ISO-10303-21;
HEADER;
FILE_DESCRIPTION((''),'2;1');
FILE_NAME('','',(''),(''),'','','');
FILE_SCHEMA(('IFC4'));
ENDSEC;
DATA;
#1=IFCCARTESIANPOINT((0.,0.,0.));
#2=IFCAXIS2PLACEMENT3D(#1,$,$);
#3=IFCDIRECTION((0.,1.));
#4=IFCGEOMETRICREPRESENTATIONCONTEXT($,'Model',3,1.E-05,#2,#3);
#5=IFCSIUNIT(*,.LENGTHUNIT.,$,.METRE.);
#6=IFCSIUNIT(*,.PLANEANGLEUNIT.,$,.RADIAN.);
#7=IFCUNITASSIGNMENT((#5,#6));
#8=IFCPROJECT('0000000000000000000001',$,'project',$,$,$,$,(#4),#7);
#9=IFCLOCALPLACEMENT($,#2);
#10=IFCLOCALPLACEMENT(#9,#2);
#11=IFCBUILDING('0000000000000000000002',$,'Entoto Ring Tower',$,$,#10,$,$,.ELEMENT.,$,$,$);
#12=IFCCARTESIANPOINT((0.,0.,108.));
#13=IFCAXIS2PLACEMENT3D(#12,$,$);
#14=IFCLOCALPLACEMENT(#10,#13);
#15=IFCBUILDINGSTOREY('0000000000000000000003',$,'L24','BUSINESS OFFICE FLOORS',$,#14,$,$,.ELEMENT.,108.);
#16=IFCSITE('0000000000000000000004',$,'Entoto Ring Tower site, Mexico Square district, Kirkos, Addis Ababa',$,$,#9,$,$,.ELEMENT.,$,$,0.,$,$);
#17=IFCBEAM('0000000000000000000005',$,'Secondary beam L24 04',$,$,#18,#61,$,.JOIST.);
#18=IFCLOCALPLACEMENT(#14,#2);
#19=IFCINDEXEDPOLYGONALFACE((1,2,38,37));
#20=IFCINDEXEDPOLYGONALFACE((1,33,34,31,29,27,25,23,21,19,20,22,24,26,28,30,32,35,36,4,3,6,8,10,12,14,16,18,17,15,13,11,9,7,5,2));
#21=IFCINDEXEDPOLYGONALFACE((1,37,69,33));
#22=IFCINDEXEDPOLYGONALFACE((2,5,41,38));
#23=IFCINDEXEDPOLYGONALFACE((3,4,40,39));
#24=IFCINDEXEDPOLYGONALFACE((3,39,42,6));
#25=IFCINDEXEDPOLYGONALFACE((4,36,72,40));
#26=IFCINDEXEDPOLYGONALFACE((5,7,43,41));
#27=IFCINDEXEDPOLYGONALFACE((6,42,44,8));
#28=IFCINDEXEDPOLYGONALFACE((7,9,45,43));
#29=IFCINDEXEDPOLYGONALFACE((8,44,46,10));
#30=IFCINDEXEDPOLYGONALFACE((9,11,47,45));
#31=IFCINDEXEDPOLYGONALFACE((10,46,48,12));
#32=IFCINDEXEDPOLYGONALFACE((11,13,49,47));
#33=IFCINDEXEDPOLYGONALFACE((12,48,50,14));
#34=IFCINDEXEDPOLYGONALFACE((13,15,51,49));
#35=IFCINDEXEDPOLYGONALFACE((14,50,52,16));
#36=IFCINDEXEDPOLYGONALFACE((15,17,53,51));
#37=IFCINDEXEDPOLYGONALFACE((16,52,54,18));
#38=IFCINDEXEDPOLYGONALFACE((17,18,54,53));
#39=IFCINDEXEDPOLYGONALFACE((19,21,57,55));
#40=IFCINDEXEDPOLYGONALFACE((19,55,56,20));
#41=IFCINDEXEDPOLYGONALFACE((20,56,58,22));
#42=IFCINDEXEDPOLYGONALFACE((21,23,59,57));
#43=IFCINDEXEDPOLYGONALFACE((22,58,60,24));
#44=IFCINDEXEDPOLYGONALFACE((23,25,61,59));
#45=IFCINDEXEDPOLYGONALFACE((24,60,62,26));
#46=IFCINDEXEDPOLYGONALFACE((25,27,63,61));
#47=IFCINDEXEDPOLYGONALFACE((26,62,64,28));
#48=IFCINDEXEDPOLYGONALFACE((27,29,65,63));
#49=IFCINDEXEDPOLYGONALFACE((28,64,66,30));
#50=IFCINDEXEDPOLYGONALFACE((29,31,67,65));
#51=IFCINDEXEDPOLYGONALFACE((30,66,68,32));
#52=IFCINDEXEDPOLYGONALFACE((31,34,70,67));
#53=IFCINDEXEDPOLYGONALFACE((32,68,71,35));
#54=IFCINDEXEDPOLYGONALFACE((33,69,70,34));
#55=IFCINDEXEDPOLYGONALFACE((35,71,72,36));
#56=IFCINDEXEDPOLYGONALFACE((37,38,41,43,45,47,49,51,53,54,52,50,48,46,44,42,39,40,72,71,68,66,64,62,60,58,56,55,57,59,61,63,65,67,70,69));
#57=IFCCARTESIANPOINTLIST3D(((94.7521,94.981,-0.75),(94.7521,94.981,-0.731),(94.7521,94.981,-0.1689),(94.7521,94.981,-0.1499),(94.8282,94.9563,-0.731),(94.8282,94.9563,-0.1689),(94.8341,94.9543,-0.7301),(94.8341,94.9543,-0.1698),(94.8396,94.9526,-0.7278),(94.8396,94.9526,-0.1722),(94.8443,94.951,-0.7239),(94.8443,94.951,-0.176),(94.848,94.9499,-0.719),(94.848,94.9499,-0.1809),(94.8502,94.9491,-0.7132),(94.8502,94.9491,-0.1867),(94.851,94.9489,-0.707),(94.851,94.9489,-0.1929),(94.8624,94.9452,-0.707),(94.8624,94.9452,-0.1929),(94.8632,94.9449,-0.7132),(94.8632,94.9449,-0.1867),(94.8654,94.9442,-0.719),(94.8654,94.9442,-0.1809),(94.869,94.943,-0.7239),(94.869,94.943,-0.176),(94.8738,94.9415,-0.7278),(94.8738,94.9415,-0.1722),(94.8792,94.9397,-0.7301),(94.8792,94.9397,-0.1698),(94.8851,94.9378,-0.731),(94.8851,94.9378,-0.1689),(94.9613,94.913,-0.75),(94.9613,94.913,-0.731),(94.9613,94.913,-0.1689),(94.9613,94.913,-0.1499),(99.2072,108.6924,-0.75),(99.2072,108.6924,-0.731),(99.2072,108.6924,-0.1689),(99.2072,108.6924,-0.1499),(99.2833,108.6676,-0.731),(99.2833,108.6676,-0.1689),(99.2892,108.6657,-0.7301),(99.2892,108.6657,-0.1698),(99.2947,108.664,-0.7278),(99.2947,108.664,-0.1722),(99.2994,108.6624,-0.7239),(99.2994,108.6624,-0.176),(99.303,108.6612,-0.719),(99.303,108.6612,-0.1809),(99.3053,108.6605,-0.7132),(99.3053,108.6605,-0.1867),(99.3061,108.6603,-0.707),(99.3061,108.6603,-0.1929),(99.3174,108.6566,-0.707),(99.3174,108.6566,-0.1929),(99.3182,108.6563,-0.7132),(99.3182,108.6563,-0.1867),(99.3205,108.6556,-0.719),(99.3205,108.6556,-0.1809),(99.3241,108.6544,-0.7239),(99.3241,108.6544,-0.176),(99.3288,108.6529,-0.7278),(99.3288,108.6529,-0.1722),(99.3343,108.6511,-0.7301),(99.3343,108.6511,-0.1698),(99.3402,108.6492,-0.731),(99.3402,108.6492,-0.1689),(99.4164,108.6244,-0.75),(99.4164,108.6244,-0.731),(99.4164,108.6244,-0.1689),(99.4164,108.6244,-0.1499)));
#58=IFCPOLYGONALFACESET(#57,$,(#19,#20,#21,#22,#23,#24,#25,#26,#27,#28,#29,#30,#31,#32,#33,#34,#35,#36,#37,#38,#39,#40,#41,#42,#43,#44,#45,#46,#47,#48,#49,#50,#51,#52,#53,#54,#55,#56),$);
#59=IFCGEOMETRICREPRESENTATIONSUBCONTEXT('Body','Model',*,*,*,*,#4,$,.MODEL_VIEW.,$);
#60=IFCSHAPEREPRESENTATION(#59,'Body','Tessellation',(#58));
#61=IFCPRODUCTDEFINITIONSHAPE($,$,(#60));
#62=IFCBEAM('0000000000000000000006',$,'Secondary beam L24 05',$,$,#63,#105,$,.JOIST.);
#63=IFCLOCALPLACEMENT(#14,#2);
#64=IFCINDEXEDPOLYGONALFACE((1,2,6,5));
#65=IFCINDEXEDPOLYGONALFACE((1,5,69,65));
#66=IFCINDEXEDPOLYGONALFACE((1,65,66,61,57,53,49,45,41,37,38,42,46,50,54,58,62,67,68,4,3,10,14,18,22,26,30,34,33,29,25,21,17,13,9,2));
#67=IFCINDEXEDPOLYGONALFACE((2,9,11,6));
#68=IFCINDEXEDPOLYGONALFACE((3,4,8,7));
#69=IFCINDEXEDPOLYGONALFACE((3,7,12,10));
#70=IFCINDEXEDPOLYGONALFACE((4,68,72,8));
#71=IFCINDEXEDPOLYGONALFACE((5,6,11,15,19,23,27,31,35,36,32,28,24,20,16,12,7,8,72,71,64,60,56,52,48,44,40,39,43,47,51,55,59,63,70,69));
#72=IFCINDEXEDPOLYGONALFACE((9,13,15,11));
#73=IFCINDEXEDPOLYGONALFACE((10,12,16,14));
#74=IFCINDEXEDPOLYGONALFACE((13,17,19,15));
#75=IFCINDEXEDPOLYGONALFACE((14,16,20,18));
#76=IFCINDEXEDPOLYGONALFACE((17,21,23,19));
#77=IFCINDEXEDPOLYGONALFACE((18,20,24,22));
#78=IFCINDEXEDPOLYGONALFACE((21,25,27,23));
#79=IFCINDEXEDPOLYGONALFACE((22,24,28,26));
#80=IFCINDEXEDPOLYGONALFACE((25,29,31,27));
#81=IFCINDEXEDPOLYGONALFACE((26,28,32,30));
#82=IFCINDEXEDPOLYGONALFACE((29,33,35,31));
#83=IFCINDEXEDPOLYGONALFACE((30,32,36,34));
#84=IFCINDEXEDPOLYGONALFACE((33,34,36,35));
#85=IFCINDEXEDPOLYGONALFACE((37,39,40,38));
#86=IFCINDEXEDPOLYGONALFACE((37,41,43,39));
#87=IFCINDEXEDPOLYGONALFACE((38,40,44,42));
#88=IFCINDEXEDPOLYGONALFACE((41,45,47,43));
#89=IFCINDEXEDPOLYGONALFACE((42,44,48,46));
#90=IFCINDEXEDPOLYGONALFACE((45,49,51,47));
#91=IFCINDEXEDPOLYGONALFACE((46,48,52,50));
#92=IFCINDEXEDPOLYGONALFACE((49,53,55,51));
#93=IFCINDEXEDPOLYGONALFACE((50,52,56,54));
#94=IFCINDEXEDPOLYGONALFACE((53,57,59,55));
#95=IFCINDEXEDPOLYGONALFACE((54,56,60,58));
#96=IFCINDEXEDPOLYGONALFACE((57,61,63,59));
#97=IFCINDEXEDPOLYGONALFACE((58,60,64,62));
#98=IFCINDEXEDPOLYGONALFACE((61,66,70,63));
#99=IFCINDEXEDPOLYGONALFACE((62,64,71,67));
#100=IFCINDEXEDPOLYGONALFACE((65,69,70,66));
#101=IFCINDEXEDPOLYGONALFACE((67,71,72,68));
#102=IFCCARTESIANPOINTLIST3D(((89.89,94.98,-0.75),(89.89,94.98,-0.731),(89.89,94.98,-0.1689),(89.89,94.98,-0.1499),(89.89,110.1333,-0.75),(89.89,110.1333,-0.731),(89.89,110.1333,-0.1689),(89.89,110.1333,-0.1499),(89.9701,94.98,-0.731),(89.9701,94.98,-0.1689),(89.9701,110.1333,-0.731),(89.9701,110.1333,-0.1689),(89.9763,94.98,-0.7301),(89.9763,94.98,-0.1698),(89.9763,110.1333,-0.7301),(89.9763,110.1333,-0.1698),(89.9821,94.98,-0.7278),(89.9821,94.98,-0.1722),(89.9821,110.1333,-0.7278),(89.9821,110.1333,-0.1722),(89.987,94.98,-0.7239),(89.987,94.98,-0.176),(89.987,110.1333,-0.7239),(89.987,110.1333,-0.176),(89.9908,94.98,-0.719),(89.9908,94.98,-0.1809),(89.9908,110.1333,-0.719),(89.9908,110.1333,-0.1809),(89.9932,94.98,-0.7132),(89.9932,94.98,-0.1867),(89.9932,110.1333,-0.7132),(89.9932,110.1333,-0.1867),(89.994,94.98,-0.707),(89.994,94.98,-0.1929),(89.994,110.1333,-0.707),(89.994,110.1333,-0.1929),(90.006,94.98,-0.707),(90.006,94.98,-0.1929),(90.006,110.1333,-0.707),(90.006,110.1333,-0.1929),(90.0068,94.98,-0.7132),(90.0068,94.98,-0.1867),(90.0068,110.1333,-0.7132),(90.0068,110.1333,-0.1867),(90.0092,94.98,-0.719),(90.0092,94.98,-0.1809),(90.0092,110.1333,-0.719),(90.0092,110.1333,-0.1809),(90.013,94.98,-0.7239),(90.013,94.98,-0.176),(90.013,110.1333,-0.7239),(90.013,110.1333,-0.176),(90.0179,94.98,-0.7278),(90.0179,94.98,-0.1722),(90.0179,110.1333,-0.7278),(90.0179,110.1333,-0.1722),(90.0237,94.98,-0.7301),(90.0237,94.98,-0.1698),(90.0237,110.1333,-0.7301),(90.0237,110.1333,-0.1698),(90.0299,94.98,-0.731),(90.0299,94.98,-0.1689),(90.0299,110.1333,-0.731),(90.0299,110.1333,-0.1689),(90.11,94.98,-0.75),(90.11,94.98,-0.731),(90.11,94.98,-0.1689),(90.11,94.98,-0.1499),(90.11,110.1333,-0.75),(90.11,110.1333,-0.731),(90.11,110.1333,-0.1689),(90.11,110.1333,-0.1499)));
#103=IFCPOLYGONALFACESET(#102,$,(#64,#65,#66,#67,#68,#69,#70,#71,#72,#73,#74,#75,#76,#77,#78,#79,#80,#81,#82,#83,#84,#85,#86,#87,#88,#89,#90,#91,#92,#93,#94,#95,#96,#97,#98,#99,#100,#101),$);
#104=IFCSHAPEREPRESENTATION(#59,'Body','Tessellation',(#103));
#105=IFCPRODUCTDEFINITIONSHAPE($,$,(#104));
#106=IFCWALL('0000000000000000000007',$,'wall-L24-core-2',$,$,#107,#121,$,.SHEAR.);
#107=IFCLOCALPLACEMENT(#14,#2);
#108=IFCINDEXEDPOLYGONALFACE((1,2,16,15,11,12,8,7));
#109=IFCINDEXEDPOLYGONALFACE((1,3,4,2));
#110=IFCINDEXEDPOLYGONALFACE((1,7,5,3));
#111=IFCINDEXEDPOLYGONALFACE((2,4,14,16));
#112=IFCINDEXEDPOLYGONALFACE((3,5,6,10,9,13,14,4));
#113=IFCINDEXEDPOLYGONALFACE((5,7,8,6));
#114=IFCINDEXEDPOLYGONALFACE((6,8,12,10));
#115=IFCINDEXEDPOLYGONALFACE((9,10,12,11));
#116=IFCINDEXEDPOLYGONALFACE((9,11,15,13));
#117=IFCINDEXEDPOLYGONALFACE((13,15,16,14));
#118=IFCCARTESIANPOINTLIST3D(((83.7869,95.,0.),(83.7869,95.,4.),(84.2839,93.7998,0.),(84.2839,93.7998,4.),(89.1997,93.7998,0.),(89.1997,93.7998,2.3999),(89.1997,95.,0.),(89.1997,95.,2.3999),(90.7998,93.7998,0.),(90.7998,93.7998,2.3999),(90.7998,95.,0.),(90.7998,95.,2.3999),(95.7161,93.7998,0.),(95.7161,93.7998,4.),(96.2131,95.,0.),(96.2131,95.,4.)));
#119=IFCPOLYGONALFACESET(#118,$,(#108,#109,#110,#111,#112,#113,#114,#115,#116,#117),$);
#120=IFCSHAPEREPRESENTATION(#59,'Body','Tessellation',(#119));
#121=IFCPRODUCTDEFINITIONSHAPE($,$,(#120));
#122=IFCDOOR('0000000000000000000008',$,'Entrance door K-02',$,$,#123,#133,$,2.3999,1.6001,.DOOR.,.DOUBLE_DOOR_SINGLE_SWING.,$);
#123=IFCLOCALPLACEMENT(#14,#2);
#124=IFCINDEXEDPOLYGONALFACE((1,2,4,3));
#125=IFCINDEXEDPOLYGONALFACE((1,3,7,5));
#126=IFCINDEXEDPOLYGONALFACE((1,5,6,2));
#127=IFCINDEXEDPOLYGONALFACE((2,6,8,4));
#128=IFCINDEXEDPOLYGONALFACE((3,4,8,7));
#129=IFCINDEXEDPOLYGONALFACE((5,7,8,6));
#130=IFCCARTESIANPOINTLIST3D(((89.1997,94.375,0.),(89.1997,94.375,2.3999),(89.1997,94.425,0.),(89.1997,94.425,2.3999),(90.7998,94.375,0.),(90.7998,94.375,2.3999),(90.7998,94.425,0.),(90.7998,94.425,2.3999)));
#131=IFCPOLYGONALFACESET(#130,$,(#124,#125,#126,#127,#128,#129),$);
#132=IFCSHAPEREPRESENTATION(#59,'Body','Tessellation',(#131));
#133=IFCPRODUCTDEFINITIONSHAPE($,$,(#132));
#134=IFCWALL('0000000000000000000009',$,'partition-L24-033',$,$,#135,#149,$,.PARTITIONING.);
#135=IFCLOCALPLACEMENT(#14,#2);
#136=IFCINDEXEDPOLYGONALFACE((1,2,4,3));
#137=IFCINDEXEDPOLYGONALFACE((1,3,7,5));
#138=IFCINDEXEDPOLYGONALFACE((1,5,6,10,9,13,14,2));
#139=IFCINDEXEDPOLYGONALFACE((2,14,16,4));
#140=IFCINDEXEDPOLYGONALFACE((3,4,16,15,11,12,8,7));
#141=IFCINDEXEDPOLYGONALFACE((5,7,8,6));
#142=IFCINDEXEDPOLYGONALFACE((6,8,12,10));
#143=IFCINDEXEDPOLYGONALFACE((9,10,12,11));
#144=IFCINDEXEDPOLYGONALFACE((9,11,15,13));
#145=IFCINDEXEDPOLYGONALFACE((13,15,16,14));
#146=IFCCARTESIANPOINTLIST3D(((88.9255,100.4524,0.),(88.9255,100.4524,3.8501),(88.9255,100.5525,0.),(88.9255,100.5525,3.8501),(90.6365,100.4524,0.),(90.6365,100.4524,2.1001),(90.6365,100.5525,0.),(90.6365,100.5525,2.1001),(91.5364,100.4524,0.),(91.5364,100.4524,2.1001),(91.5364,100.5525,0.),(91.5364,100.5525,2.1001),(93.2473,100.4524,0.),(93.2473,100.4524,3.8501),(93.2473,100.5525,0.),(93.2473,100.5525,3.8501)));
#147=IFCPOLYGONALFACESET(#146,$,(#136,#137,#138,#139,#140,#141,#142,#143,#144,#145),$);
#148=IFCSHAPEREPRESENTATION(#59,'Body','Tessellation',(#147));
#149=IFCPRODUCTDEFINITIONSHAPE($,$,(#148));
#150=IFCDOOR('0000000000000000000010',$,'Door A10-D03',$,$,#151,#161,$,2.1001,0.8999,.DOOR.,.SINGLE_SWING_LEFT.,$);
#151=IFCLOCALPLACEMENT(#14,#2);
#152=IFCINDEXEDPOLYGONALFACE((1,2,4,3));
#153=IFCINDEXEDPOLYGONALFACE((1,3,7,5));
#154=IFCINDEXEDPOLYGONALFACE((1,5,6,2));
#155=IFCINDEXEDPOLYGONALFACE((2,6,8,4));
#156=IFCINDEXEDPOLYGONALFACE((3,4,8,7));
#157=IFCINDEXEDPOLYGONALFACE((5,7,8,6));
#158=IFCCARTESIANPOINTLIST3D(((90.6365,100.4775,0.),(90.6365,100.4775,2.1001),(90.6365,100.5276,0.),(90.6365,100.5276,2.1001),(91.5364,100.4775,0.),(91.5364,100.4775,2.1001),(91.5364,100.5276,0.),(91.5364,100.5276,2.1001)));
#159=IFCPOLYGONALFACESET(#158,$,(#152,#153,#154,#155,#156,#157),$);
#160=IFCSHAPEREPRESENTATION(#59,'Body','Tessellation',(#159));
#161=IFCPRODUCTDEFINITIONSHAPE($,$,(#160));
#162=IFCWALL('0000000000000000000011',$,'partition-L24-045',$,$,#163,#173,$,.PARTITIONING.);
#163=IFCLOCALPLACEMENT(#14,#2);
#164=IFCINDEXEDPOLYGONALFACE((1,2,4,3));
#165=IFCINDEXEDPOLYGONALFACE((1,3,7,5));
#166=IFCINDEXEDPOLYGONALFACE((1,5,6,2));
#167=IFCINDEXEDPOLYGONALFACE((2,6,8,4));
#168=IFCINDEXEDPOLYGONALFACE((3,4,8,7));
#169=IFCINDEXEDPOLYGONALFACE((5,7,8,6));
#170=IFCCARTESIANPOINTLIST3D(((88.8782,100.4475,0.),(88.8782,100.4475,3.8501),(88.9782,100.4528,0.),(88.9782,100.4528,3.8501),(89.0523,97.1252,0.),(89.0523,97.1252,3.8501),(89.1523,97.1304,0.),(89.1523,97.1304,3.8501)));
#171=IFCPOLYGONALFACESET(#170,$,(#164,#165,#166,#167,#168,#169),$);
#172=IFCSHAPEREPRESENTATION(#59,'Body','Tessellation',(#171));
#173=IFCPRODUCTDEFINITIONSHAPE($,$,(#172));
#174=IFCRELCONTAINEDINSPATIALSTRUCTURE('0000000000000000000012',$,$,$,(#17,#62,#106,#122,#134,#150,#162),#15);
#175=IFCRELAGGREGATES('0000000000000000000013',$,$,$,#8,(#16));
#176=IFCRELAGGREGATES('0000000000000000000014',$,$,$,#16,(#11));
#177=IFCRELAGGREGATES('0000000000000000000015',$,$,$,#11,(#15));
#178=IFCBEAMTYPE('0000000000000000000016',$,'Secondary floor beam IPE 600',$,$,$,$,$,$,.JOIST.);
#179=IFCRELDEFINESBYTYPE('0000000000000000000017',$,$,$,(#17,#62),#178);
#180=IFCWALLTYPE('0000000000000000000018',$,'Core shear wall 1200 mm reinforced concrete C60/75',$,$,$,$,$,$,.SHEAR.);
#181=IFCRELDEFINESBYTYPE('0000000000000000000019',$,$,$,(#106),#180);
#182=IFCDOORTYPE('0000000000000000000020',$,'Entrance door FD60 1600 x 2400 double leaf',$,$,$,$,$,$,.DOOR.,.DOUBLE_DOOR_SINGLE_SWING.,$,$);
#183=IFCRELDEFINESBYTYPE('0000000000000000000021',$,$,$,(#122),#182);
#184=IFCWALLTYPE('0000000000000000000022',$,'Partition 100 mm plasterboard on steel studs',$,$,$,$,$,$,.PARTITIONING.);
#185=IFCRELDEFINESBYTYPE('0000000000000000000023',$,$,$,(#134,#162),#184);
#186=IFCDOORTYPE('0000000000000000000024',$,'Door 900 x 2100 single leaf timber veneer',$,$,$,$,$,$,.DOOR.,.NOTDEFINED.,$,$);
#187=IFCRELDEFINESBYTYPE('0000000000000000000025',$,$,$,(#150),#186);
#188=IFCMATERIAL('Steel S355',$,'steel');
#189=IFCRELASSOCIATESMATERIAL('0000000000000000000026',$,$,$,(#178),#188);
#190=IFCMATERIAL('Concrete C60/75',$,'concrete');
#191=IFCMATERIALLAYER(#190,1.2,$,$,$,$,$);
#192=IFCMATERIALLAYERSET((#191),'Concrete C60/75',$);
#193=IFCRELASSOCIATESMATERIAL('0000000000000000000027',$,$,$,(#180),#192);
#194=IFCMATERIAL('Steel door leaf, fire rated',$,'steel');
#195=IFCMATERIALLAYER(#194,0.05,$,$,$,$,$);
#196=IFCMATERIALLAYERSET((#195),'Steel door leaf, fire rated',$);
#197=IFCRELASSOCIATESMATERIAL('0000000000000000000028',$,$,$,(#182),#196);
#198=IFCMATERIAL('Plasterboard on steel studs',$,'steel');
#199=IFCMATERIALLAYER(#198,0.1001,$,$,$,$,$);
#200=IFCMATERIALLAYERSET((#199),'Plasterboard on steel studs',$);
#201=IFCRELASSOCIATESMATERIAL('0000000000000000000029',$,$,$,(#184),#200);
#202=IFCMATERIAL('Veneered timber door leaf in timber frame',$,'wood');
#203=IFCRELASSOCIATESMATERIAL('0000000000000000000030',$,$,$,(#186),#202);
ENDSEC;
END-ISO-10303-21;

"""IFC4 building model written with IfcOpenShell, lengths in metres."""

from ifc_helpers import new_model, si_unit, direction, frame, frame_2d, origin, origin_2d, place, context, subcontext, project, spatial, polyline, rectangle, i_section, outline, extrude, material, layer, layer_set, material_profile, profile_set, type_object, element, fill, save


model = new_model("IFC4")

# Units and contexts
model_context = context("Model", 3, precision=1e-05, world=origin(), true_north=direction((0.0, 1.0)))
body_context = subcontext(model_context, "Body", "Model", "MODEL_VIEW")
ifc_project = project(units=[si_unit("LENGTHUNIT", "METRE"), si_unit("PLANEANGLEUNIT", "RADIAN")], contexts=[model_context])

# Site, building, storey
site_placement = place(None, origin())
site = spatial("IfcSite", under=ifc_project, at=site_placement, Name="Entoto Ring Tower site, Mexico Square district, Kirkos, Addis Ababa", CompositionType="ELEMENT", RefElevation=0.0)
building_placement = place(site_placement, origin())
building = spatial("IfcBuilding", under=site, at=building_placement, Name="Entoto Ring Tower", CompositionType="ELEMENT")
storey_placement = place(building_placement, frame((0.0, 0.0, 108.0)))
storey = spatial("IfcBuildingStorey", under=building, at=storey_placement, Name="L24", Description="BUSINESS OFFICE FLOORS", CompositionType="ELEMENT", Elevation=108.0)

# Beams
ifc_material_1 = material(Name="Steel S355", Category="steel")
ifc_material_profile_1 = material_profile(ifc_material_1, i_section(OverallWidth=0.22, OverallDepth=0.6001, WebThickness=0.012, FlangeThickness=0.019, FilletRadius=0.0239, at=origin_2d()), Name="IPE 600")
ifc_profile_set_1 = profile_set([ifc_material_profile_1], Name="Steel S355")
beam_type_1 = type_object("IfcBeamType", Name="Secondary floor beam IPE 600", PredefinedType="JOIST", material=ifc_profile_set_1)
beam_1_placement = place(storey_placement, frame((94.8567, 94.947, -0.45), z_axis=(0.309015, 0.951057, 0.0), x_axis=(-0.951057, 0.309015, 0.0)))
element("IfcBeam", 1, at=beam_1_placement, inside=storey, type_object=beam_type_1, Name="Secondary beam L24 04", PredefinedType="JOIST", context=body_context, shape_type="SweptSolid", body=[
    extrude(i_section(OverallWidth=0.22, OverallDepth=0.6001, WebThickness=0.012, FlangeThickness=0.019, FilletRadius=0.0239, at=origin_2d()), origin(), (0.0, 0.0, 1.0), 14.417),
])
beam_2_placement = place(storey_placement, frame((90.0, 94.98, -0.45), z_axis=(0.0, 1.0, 0.0), x_axis=(-1.0, 0.0, 0.0)))
element("IfcBeam", 2, at=beam_2_placement, inside=storey, type_object=beam_type_1, Name="Secondary beam L24 05", PredefinedType="JOIST", context=body_context, shape_type="SweptSolid", body=[
    extrude(i_section(OverallWidth=0.22, OverallDepth=0.6001, WebThickness=0.012, FlangeThickness=0.019, FilletRadius=0.0239, at=origin_2d()), origin(), (0.0, 0.0, 1.0), 15.1533),
])

# Walls, openings, doors
ifc_material_2 = material(Name="Concrete C60/75", Category="concrete")
ifc_layer_1 = layer(ifc_material_2, 1.2)
ifc_layer_set_1 = layer_set([ifc_layer_1], Name="Concrete C60/75")
wall_type_1 = type_object("IfcWallType", Name="Core shear wall 1200 mm reinforced concrete C60/75", PredefinedType="SHEAR", material=ifc_layer_set_1)
wall_1_placement = place(storey_placement, frame((95.9646, 94.3999, 0.0), z_axis=(0.0, 0.0, 1.0), x_axis=(-1.0, 0.0, 0.0)))
wall_1 = element("IfcWall", 3, at=wall_1_placement, inside=storey, type_object=wall_type_1, Name="wall-L24-core-2", PredefinedType="SHEAR", context=body_context, shape_type="SweptSolid", body=[
    extrude(outline(polyline([(-0.2485, -0.6001), (12.1777, -0.6001), (11.6807, 0.6001), (0.2485, 0.6001), (-0.2485, -0.6001)])), origin(), (0.0, 0.0, 1.0), 4.0),
])
opening_1_placement = place(wall_1_placement, frame((5.1648, 0.0, 0.0)))
opening_1 = element("IfcOpeningElement", 4, at=opening_1_placement, cuts=wall_1, PredefinedType="OPENING", context=body_context, shape_type="SweptSolid", body=[
    extrude(rectangle(XDim=1.6001, YDim=2.3999, at=frame_2d((0.8, 1.2))), frame((0.0, 0.6099, 0.0), z_axis=(0.0, -1.0, 0.0), x_axis=(1.0, 0.0, 0.0)), (0.0, 0.0, 1.0), 1.22),
])
ifc_material_3 = material(Name="Steel door leaf, fire rated", Category="steel")
ifc_layer_2 = layer(ifc_material_3, 0.05)
ifc_layer_set_2 = layer_set([ifc_layer_2], Name="Steel door leaf, fire rated")
door_type_1 = type_object("IfcDoorType", Name="Entrance door FD60 1600 x 2400 double leaf", OperationType="DOUBLE_DOOR_SINGLE_SWING", PredefinedType="DOOR", material=ifc_layer_set_2)
door_1_placement = place(opening_1_placement, origin())
door_1 = element("IfcDoor", 5, at=door_1_placement, inside=storey, type_object=door_type_1, Name="Entrance door K-02", OperationType="DOUBLE_DOOR_SINGLE_SWING", OverallHeight=2.3999, OverallWidth=1.6001, PredefinedType="DOOR", context=body_context, shape_type="SweptSolid", body=[
    extrude(rectangle(XDim=1.6001, YDim=2.3999, at=frame_2d((0.8, 1.2))), frame((0.0, 0.0249, 0.0), z_axis=(0.0, -1.0, 0.0), x_axis=(1.0, 0.0, 0.0)), (0.0, 0.0, 1.0), 0.05),
])
fill(opening_1, door_1)
ifc_material_4 = material(Name="Plasterboard on steel studs", Category="steel")
ifc_layer_3 = layer(ifc_material_4, 0.1001)
ifc_layer_set_3 = layer_set([ifc_layer_3], Name="Plasterboard on steel studs")
wall_type_2 = type_object("IfcWallType", Name="Partition 100 mm plasterboard on steel studs", PredefinedType="PARTITIONING", material=ifc_layer_set_3)
wall_2_placement = place(storey_placement, frame((88.9255, 100.5024, 0.0), z_axis=(0.0, 0.0, 1.0), x_axis=(1.0, 0.0, 0.0)))
wall_2 = element("IfcWall", 6, at=wall_2_placement, inside=storey, type_object=wall_type_2, Name="partition-L24-033", PredefinedType="PARTITIONING", context=body_context, shape_type="SweptSolid", body=[
    extrude(rectangle(XDim=4.3218, YDim=0.1001, at=frame_2d((2.1609, 0.0))), origin(), (0.0, 0.0, 1.0), 3.8501),
])
opening_2_placement = place(wall_2_placement, frame((1.7109, 0.0, 0.0)))
opening_2 = element("IfcOpeningElement", 7, at=opening_2_placement, cuts=wall_2, PredefinedType="OPENING", context=body_context, shape_type="SweptSolid", body=[
    extrude(rectangle(XDim=0.8999, YDim=2.1001, at=frame_2d((0.45, 1.05))), frame((0.0, 0.0601, 0.0), z_axis=(0.0, -1.0, 0.0), x_axis=(1.0, 0.0, 0.0)), (0.0, 0.0, 1.0), 0.1201),
])
ifc_material_5 = material(Name="Veneered timber door leaf in timber frame", Category="wood")
door_type_2 = type_object("IfcDoorType", Name="Door 900 x 2100 single leaf timber veneer", OperationType="NOTDEFINED", PredefinedType="DOOR", material=ifc_material_5)
door_2_placement = place(opening_2_placement, frame((0.8999, 0.0, 0.0), z_axis=(0.0, 0.0, 1.0), x_axis=(-1.0, 0.0, 0.0)))
door_2 = element("IfcDoor", 8, at=door_2_placement, inside=storey, type_object=door_type_2, Name="Door A10-D03", OperationType="SINGLE_SWING_LEFT", OverallHeight=2.1001, OverallWidth=0.8999, PredefinedType="DOOR", context=body_context, shape_type="SweptSolid", body=[
    extrude(rectangle(XDim=0.8999, YDim=2.1001, at=frame_2d((0.45, 1.05))), frame((0.0, 0.0249, 0.0), z_axis=(0.0, -1.0, 0.0), x_axis=(1.0, 0.0, 0.0)), (0.0, 0.0, 1.0), 0.05),
])
fill(opening_2, door_2)

# Wall
wall_3_placement = place(storey_placement, frame((89.1023, 97.1277, 0.0), z_axis=(0.0, 0.0, 1.0), x_axis=(-0.052324, 0.99863, 0.0)))
element("IfcWall", 9, at=wall_3_placement, inside=storey, type_object=wall_type_2, Name="partition-L24-045", PredefinedType="PARTITIONING", context=body_context, shape_type="SweptSolid", body=[
    extrude(rectangle(XDim=3.3269, YDim=0.1001, at=frame_2d((1.6636, 0.0))), origin(), (0.0, 0.0, 1.0), 3.8501),
])

save(model, "model.ifc")
